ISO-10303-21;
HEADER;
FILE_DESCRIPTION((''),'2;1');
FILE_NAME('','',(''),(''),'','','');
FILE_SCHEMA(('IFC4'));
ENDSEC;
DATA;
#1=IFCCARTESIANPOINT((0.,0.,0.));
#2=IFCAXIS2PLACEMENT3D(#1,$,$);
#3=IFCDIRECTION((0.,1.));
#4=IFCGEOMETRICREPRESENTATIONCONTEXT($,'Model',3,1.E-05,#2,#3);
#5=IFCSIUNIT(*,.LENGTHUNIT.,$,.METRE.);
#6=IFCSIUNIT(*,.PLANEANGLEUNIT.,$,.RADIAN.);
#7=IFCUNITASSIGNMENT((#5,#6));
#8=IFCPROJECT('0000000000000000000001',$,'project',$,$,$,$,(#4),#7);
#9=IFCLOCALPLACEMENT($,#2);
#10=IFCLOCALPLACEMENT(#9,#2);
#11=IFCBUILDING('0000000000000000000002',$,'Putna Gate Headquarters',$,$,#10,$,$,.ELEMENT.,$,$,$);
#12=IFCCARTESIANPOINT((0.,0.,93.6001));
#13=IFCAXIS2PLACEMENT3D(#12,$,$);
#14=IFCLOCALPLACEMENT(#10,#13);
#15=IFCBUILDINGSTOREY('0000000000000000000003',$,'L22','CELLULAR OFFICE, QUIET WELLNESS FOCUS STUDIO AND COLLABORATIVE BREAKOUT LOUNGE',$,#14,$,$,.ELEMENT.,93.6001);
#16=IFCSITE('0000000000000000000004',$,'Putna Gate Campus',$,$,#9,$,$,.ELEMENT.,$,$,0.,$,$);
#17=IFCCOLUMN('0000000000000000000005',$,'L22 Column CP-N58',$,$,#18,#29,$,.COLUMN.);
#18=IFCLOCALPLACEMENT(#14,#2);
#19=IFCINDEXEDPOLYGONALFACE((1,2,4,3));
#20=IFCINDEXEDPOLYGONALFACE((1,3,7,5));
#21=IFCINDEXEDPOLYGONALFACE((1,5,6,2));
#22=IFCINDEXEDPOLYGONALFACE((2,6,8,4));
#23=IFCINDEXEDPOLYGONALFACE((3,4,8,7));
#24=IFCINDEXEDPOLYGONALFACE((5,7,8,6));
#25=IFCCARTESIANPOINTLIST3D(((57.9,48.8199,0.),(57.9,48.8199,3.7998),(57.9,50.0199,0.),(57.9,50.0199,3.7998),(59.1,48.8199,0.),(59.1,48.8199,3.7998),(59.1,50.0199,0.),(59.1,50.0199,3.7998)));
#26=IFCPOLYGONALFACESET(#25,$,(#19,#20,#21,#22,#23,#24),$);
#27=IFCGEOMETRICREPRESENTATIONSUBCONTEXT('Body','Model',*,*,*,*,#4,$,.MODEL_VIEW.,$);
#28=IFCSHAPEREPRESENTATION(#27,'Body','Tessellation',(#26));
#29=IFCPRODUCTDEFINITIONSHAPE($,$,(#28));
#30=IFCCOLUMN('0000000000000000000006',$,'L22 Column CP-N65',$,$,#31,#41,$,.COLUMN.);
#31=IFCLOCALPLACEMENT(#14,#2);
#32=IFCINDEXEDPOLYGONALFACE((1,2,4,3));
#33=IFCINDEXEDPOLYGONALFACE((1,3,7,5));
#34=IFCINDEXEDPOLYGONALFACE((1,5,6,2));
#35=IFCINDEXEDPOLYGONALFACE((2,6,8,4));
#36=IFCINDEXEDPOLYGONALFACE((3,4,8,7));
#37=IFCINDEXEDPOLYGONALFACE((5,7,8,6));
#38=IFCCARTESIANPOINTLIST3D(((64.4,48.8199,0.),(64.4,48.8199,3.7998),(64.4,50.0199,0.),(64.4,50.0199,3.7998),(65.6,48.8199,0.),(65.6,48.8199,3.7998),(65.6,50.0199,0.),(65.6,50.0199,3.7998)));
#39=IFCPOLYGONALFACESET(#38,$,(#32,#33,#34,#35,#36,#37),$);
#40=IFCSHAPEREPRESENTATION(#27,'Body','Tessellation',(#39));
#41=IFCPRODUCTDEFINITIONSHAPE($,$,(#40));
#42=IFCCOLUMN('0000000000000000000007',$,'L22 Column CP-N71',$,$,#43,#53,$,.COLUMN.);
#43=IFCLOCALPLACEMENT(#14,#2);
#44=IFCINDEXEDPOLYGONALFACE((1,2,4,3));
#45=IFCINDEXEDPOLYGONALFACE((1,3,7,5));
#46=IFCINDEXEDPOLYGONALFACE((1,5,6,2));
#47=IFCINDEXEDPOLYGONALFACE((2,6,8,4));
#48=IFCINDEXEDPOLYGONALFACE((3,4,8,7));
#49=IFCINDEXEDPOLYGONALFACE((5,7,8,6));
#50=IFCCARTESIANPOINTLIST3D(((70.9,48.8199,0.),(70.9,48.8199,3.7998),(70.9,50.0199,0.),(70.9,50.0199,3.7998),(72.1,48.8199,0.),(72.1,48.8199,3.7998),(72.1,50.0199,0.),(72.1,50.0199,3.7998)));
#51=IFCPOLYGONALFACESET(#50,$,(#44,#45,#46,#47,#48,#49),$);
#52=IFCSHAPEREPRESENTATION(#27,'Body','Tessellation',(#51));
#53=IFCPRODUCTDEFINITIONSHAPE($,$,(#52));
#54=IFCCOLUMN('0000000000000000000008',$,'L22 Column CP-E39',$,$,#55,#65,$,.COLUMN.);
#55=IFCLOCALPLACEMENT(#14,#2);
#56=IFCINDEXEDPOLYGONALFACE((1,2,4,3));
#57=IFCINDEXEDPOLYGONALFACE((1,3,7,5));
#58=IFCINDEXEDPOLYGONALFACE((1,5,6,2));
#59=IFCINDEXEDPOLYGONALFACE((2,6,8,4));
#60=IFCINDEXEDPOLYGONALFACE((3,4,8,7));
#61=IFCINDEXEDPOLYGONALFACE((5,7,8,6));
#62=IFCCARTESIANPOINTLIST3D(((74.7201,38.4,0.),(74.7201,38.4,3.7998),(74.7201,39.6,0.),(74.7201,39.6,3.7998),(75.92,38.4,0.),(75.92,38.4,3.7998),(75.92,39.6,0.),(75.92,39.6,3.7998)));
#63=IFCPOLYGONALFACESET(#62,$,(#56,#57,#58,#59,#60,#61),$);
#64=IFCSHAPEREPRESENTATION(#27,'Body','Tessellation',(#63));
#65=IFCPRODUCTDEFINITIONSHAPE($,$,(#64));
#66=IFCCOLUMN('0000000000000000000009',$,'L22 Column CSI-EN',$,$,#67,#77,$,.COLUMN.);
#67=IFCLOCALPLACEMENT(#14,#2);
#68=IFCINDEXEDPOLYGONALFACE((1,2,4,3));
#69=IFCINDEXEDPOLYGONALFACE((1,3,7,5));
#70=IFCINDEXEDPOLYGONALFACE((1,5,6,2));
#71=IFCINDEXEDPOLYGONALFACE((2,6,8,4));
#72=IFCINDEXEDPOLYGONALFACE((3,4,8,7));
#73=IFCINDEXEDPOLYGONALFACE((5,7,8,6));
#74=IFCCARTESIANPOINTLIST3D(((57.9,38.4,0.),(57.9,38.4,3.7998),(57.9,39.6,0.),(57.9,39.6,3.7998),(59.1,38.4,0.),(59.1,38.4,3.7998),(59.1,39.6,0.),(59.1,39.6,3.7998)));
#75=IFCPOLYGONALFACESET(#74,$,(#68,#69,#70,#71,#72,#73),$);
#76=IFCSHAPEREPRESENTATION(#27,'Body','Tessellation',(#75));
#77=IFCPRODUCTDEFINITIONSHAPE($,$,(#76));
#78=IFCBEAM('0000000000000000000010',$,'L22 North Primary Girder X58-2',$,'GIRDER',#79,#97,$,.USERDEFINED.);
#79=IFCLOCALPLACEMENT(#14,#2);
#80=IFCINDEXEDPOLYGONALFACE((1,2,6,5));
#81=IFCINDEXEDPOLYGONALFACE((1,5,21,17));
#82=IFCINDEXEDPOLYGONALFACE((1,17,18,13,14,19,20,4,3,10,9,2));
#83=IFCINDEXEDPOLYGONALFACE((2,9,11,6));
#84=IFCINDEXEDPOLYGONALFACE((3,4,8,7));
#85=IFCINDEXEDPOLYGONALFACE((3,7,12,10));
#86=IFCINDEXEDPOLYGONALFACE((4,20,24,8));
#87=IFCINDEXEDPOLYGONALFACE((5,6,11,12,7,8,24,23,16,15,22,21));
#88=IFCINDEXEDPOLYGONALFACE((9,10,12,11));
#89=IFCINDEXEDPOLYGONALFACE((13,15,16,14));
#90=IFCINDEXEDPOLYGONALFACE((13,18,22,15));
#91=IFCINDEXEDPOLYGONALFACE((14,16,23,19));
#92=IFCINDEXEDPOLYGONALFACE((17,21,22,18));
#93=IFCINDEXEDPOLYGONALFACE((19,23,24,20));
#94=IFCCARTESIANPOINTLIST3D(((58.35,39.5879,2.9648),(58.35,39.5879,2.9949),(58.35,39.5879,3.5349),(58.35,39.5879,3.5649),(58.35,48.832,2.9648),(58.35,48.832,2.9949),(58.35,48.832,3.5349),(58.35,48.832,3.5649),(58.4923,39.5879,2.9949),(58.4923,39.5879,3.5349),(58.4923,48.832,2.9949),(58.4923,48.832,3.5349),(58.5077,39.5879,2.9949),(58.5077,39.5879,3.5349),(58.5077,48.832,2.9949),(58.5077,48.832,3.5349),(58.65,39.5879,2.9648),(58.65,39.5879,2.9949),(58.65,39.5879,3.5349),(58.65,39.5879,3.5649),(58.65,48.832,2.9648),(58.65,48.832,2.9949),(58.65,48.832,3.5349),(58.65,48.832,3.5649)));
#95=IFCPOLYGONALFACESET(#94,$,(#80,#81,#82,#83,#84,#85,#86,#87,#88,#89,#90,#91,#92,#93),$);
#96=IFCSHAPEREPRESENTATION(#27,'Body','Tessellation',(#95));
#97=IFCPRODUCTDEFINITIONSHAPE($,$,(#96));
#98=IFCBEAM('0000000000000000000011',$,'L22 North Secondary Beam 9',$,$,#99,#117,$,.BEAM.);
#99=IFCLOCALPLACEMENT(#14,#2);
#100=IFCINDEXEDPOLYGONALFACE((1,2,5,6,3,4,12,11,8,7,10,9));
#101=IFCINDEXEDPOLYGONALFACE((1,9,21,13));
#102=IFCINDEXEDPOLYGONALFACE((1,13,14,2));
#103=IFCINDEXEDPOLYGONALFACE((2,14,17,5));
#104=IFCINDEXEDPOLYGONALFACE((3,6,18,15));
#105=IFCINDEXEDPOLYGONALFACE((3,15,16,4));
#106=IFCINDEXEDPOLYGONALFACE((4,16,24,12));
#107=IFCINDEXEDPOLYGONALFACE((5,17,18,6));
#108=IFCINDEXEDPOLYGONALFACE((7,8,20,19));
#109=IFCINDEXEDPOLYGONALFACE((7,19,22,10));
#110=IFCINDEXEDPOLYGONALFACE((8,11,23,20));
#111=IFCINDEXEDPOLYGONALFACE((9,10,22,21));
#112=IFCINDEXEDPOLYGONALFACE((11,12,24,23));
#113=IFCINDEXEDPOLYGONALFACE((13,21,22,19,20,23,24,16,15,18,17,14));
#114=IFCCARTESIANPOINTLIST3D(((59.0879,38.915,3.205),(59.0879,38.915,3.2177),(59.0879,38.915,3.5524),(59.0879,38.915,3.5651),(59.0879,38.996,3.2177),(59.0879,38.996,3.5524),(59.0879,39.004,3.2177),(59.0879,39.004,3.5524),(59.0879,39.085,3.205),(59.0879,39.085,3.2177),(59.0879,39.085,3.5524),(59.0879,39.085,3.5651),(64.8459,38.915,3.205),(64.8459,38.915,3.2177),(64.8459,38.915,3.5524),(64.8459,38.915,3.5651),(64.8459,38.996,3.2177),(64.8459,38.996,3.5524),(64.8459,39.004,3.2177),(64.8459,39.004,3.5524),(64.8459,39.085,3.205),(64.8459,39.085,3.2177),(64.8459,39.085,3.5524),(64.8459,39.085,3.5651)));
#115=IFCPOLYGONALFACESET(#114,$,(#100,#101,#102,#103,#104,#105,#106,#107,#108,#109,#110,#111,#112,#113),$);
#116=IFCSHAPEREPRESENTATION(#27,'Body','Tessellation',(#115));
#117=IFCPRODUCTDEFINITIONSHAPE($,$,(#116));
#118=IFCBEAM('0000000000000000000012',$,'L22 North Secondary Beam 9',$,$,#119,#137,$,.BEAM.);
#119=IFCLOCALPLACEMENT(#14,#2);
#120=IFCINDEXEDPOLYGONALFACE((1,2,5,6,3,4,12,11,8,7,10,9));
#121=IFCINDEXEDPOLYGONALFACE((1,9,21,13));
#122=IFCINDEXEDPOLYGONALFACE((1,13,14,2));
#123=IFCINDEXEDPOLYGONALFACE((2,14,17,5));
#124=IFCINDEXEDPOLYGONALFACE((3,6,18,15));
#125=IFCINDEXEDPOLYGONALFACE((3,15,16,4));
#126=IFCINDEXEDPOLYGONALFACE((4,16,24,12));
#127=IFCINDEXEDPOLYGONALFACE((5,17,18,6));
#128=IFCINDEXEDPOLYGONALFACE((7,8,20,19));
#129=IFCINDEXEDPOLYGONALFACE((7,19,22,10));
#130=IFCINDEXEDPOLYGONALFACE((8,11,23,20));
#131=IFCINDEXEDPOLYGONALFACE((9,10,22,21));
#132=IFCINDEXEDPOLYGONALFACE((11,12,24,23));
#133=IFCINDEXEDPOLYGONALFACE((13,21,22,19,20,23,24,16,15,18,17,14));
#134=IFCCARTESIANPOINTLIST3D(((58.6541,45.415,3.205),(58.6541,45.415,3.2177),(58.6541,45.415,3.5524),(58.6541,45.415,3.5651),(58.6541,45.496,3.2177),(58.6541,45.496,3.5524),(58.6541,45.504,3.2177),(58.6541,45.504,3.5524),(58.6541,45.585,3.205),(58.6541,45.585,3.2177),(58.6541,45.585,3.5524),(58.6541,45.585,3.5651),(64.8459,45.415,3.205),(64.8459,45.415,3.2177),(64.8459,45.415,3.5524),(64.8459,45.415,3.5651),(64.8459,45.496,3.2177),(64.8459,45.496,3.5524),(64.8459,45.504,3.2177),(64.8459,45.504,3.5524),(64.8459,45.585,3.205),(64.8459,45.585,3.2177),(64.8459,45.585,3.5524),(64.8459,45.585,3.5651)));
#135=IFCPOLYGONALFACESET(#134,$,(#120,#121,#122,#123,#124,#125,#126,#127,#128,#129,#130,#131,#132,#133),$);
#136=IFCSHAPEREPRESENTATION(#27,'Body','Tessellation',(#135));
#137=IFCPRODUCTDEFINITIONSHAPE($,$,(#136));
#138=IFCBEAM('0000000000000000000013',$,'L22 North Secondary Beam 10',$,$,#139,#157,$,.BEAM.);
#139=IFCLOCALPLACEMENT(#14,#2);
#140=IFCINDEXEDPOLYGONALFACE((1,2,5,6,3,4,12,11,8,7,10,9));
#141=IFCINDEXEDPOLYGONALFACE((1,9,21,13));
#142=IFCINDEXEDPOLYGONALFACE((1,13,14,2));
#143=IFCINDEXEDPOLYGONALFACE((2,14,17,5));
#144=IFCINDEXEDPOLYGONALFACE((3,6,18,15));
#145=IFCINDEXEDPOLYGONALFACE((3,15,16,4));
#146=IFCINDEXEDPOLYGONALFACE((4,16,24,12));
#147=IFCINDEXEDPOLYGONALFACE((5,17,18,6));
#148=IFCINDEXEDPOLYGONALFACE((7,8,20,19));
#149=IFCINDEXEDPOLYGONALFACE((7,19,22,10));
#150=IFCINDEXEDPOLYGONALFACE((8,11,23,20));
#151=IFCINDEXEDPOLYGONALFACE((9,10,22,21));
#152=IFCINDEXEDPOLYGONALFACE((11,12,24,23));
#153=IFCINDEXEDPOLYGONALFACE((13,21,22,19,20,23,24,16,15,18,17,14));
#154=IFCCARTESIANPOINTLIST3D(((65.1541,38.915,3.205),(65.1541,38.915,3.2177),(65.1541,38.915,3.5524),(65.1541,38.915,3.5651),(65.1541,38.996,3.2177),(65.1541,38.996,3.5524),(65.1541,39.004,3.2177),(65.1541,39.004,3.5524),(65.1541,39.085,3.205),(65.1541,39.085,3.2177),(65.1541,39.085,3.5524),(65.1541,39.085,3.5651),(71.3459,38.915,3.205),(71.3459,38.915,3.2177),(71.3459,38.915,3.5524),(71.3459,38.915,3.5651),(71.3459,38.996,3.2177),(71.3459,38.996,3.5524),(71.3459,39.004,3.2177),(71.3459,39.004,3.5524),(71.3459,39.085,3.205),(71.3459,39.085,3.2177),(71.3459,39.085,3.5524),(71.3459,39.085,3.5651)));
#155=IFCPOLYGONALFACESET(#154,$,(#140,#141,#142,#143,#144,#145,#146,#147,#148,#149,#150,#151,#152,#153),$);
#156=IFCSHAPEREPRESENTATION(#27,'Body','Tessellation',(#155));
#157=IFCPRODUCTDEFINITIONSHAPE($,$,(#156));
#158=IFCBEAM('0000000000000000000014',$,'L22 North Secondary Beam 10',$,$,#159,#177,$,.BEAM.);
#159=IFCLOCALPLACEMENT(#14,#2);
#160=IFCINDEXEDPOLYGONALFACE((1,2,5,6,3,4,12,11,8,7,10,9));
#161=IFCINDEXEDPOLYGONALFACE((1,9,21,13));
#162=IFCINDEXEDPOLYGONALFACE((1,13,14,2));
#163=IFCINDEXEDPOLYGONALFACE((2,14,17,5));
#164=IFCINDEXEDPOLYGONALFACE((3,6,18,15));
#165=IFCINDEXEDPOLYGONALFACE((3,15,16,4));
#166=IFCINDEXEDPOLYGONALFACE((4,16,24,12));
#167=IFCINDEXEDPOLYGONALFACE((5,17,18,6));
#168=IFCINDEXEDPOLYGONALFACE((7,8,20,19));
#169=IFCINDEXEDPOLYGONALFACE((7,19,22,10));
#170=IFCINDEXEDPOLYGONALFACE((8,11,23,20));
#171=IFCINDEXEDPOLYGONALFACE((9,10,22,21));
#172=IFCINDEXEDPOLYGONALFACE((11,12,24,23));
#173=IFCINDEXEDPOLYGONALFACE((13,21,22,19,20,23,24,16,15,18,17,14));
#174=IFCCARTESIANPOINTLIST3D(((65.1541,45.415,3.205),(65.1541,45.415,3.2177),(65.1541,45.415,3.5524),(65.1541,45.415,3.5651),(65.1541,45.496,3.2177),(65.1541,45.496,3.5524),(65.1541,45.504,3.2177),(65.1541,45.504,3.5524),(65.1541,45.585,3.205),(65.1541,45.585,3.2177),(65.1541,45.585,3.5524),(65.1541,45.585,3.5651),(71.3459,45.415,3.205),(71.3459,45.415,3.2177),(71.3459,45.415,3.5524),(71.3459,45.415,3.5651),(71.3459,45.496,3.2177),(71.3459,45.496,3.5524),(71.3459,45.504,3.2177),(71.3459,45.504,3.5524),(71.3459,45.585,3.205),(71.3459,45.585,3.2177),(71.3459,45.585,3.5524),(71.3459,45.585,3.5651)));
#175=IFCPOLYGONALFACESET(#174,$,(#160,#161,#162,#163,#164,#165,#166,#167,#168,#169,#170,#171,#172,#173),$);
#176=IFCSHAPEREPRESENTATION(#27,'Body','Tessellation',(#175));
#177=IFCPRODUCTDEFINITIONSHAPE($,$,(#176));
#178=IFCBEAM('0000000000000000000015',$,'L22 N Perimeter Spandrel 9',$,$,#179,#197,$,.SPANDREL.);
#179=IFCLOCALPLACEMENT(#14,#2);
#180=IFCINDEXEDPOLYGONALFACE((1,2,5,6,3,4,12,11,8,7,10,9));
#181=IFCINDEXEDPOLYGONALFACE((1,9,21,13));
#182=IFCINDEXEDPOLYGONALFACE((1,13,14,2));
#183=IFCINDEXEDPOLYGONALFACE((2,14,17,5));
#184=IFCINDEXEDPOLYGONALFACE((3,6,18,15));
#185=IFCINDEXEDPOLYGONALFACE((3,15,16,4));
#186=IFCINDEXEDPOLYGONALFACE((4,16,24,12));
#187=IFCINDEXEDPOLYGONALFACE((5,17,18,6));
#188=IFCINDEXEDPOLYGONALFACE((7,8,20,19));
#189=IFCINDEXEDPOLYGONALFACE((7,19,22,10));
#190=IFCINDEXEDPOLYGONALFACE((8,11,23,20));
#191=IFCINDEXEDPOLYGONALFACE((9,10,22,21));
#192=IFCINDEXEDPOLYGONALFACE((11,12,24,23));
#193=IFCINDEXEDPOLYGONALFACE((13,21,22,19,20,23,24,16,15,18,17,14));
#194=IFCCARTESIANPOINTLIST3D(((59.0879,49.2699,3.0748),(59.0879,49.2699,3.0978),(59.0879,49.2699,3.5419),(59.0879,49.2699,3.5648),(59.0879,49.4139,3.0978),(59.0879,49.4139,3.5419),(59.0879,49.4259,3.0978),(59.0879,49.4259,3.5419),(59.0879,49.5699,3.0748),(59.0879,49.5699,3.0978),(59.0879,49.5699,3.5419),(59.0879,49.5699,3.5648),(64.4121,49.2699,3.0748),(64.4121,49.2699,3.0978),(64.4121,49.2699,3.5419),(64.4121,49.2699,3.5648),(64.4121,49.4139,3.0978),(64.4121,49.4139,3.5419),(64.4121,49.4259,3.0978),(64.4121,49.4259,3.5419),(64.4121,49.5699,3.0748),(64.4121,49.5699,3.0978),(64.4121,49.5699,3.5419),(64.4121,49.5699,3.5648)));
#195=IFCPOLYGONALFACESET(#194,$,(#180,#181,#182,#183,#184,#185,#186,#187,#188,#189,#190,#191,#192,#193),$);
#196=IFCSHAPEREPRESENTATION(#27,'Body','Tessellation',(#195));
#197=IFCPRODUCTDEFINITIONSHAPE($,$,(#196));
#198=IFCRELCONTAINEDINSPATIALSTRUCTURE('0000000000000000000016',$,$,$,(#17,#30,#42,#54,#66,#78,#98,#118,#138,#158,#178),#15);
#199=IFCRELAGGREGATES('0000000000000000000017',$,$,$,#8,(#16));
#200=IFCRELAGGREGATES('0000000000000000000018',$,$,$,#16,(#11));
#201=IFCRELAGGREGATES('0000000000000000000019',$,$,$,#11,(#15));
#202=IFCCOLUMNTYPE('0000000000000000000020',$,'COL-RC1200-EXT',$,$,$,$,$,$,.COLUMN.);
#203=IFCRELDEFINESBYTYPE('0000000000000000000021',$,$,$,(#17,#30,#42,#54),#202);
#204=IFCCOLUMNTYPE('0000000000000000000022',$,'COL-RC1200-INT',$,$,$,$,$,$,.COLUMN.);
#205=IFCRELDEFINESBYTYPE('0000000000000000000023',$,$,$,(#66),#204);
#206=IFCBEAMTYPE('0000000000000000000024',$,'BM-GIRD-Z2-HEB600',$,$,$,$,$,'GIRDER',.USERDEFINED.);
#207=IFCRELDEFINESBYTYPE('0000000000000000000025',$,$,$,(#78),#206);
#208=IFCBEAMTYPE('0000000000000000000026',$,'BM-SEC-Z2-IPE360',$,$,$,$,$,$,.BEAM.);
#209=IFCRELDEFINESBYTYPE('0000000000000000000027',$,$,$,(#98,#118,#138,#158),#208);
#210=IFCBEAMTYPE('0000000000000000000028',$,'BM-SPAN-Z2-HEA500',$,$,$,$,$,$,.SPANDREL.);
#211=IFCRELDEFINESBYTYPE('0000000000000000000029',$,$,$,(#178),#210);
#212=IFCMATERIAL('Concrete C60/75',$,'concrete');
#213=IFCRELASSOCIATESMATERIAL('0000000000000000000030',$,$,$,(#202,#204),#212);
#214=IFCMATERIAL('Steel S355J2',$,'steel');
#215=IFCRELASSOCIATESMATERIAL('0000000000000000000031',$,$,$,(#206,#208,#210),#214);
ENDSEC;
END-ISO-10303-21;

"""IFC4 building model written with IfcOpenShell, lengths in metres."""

from ifc_helpers import new_model, si_unit, direction, frame, origin, origin_2d, place, context, subcontext, project, spatial, rectangle, i_section, extrude, material, material_profile, profile_set, type_object, element, save


model = new_model("IFC4")

# Units and contexts
model_context = context("Model", 3, precision=1e-05, world=origin(), true_north=direction((0.0, 1.0)))
body_context = subcontext(model_context, "Body", "Model", "MODEL_VIEW")
ifc_project = project(units=[si_unit("LENGTHUNIT", "METRE"), si_unit("PLANEANGLEUNIT", "RADIAN")], contexts=[model_context])

# Site, building, storey
site_placement = place(None, origin())
site = spatial("IfcSite", under=ifc_project, at=site_placement, Name="Putna Gate Campus", CompositionType="ELEMENT", RefElevation=0.0)
building_placement = place(site_placement, origin())
building = spatial("IfcBuilding", under=site, at=building_placement, Name="Putna Gate Headquarters", CompositionType="ELEMENT")
storey_placement = place(building_placement, frame((0.0, 0.0, 93.6001)))
storey = spatial("IfcBuildingStorey", under=building, at=storey_placement, Name="L22", Description="CELLULAR OFFICE, QUIET WELLNESS FOCUS STUDIO AND COLLABORATIVE BREAKOUT LOUNGE", CompositionType="ELEMENT", Elevation=93.6001)

# Columns
ifc_material_1 = material(Name="Concrete C60/75", Category="concrete")
ifc_material_profile_1 = material_profile(ifc_material_1, rectangle(XDim=1.2, YDim=1.2, at=origin_2d()), Name="Concrete C60/75")
ifc_profile_set_1 = profile_set([ifc_material_profile_1], Name="Concrete C60/75")
column_type_1 = type_object("IfcColumnType", Name="COL-RC1200-EXT", PredefinedType="COLUMN", material=ifc_profile_set_1)
for number, where, z_axis, x_axis, name in (
    (1, (58.5, 49.4199, 0.0), (0.0, 0.0, 1.0), (1.0, 0.0, 0.0), "L22 Column CP-N58"),
    (2, (65.0, 49.4199, 0.0), (0.0, 0.0, 1.0), (1.0, 0.0, 0.0), "L22 Column CP-N65"),
    (3, (71.5, 49.4199, 0.0), (0.0, 0.0, 1.0), (1.0, 0.0, 0.0), "L22 Column CP-N71"),
    (4, (75.3201, 39.0, 0.0), (0.0, 0.0, 1.0), (1.0, 0.0, 0.0), "L22 Column CP-E39"),
):
    element("IfcColumn", number, at=place(storey_placement, frame(where, z_axis=z_axis, x_axis=x_axis)), inside=storey, type_object=column_type_1, Name=name, PredefinedType="COLUMN", context=body_context, shape_type="SweptSolid", body=[
        extrude(rectangle(XDim=1.2, YDim=1.2, at=origin_2d()), origin(), (0.0, 0.0, 1.0), 3.7998),
    ])
ifc_material_profile_2 = material_profile(ifc_material_1, rectangle(XDim=1.2, YDim=1.2, at=origin_2d()), Name="Concrete C60/75")
ifc_profile_set_2 = profile_set([ifc_material_profile_2], Name="Concrete C60/75")
column_type_2 = type_object("IfcColumnType", Name="COL-RC1200-INT", PredefinedType="COLUMN", material=ifc_profile_set_2)
column_placement = place(storey_placement, frame((58.5, 39.0, 0.0), z_axis=(0.0, 0.0, 1.0), x_axis=(1.0, 0.0, 0.0)))
element("IfcColumn", 5, at=column_placement, inside=storey, type_object=column_type_2, Name="L22 Column CSI-EN", PredefinedType="COLUMN", context=body_context, shape_type="SweptSolid", body=[
    extrude(rectangle(XDim=1.2, YDim=1.2, at=origin_2d()), origin(), (0.0, 0.0, 1.0), 3.7998),
])

# Beams
ifc_material_2 = material(Name="Steel S355J2", Category="steel")
ifc_material_profile_3 = material_profile(ifc_material_2, i_section(OverallWidth=0.3, OverallDepth=0.6001, WebThickness=0.0154, FlangeThickness=0.03, at=origin_2d()), Name="Steel S355J2")
ifc_profile_set_3 = profile_set([ifc_material_profile_3], Name="Steel S355J2")
beam_type_1 = type_object("IfcBeamType", Name="BM-GIRD-Z2-HEB600", ElementType="GIRDER", PredefinedType="USERDEFINED", material=ifc_profile_set_3)
beam_1_placement = place(storey_placement, frame((58.5, 39.5879, 3.2649), z_axis=(0.0, 1.0, 0.0), x_axis=(-1.0, 0.0, 0.0)))
element("IfcBeam", 6, at=beam_1_placement, inside=storey, type_object=beam_type_1, Name="L22 North Primary Girder X58-2", ObjectType="GIRDER", PredefinedType="USERDEFINED", context=body_context, shape_type="SweptSolid", body=[
    extrude(i_section(OverallWidth=0.3, OverallDepth=0.6001, WebThickness=0.0154, FlangeThickness=0.03, at=origin_2d()), origin(), (0.0, 0.0, 1.0), 9.2441),
])
ifc_material_profile_4 = material_profile(ifc_material_2, i_section(OverallWidth=0.1699, OverallDepth=0.3601, WebThickness=0.0081, FlangeThickness=0.0127, at=origin_2d()), Name="Steel S355J2")
ifc_profile_set_4 = profile_set([ifc_material_profile_4], Name="Steel S355J2")
beam_type_2 = type_object("IfcBeamType", Name="BM-SEC-Z2-IPE360", PredefinedType="BEAM", material=ifc_profile_set_4)
beam_2_placement = place(storey_placement, frame((59.0879, 39.0, 3.385), z_axis=(1.0, 0.0, 0.0), x_axis=(0.0, 1.0, 0.0)))
element("IfcBeam", 7, at=beam_2_placement, inside=storey, type_object=beam_type_2, Name="L22 North Secondary Beam 9", PredefinedType="BEAM", context=body_context, shape_type="SweptSolid", body=[
    extrude(i_section(OverallWidth=0.1699, OverallDepth=0.3601, WebThickness=0.0081, FlangeThickness=0.0127, at=origin_2d()), origin(), (0.0, 0.0, 1.0), 5.7581),
])
for number, where, z_axis, x_axis, name in (
    (8, (58.6541, 45.5, 3.385), (1.0, 0.0, 0.0), (0.0, 1.0, 0.0), "L22 North Secondary Beam 9"),
    (9, (65.1541, 39.0, 3.385), (1.0, 0.0, 0.0), (0.0, 1.0, 0.0), "L22 North Secondary Beam 10"),
    (10, (65.1541, 45.5, 3.385), (1.0, 0.0, 0.0), (0.0, 1.0, 0.0), "L22 North Secondary Beam 10"),
):
    element("IfcBeam", number, at=place(storey_placement, frame(where, z_axis=z_axis, x_axis=x_axis)), inside=storey, type_object=beam_type_2, Name=name, PredefinedType="BEAM", context=body_context, shape_type="SweptSolid", body=[
        extrude(i_section(OverallWidth=0.1699, OverallDepth=0.3601, WebThickness=0.0081, FlangeThickness=0.0127, at=origin_2d()), origin(), (0.0, 0.0, 1.0), 6.1919),
    ])
ifc_material_profile_5 = material_profile(ifc_material_2, i_section(OverallWidth=0.3, OverallDepth=0.49, WebThickness=0.012, FlangeThickness=0.0229, at=origin_2d()), Name="Steel S355J2")
ifc_profile_set_5 = profile_set([ifc_material_profile_5], Name="Steel S355J2")
beam_type_3 = type_object("IfcBeamType", Name="BM-SPAN-Z2-HEA500", PredefinedType="SPANDREL", material=ifc_profile_set_5)
for number, where, z_axis, x_axis, name in (
    (11, (59.0879, 49.4199, 3.3198), (1.0, 0.0, 0.0), (0.0, 1.0, 0.0), "L22 N Perimeter Spandrel 9"),
):
    element("IfcBeam", number, at=place(storey_placement, frame(where, z_axis=z_axis, x_axis=x_axis)), inside=storey, type_object=beam_type_3, Name=name, PredefinedType="SPANDREL", context=body_context, shape_type="SweptSolid", body=[
        extrude(i_section(OverallWidth=0.3, OverallDepth=0.49, WebThickness=0.012, FlangeThickness=0.0229, at=origin_2d()), origin(), (0.0, 0.0, 1.0), 5.3242),
    ])

save(model, "model.ifc")
